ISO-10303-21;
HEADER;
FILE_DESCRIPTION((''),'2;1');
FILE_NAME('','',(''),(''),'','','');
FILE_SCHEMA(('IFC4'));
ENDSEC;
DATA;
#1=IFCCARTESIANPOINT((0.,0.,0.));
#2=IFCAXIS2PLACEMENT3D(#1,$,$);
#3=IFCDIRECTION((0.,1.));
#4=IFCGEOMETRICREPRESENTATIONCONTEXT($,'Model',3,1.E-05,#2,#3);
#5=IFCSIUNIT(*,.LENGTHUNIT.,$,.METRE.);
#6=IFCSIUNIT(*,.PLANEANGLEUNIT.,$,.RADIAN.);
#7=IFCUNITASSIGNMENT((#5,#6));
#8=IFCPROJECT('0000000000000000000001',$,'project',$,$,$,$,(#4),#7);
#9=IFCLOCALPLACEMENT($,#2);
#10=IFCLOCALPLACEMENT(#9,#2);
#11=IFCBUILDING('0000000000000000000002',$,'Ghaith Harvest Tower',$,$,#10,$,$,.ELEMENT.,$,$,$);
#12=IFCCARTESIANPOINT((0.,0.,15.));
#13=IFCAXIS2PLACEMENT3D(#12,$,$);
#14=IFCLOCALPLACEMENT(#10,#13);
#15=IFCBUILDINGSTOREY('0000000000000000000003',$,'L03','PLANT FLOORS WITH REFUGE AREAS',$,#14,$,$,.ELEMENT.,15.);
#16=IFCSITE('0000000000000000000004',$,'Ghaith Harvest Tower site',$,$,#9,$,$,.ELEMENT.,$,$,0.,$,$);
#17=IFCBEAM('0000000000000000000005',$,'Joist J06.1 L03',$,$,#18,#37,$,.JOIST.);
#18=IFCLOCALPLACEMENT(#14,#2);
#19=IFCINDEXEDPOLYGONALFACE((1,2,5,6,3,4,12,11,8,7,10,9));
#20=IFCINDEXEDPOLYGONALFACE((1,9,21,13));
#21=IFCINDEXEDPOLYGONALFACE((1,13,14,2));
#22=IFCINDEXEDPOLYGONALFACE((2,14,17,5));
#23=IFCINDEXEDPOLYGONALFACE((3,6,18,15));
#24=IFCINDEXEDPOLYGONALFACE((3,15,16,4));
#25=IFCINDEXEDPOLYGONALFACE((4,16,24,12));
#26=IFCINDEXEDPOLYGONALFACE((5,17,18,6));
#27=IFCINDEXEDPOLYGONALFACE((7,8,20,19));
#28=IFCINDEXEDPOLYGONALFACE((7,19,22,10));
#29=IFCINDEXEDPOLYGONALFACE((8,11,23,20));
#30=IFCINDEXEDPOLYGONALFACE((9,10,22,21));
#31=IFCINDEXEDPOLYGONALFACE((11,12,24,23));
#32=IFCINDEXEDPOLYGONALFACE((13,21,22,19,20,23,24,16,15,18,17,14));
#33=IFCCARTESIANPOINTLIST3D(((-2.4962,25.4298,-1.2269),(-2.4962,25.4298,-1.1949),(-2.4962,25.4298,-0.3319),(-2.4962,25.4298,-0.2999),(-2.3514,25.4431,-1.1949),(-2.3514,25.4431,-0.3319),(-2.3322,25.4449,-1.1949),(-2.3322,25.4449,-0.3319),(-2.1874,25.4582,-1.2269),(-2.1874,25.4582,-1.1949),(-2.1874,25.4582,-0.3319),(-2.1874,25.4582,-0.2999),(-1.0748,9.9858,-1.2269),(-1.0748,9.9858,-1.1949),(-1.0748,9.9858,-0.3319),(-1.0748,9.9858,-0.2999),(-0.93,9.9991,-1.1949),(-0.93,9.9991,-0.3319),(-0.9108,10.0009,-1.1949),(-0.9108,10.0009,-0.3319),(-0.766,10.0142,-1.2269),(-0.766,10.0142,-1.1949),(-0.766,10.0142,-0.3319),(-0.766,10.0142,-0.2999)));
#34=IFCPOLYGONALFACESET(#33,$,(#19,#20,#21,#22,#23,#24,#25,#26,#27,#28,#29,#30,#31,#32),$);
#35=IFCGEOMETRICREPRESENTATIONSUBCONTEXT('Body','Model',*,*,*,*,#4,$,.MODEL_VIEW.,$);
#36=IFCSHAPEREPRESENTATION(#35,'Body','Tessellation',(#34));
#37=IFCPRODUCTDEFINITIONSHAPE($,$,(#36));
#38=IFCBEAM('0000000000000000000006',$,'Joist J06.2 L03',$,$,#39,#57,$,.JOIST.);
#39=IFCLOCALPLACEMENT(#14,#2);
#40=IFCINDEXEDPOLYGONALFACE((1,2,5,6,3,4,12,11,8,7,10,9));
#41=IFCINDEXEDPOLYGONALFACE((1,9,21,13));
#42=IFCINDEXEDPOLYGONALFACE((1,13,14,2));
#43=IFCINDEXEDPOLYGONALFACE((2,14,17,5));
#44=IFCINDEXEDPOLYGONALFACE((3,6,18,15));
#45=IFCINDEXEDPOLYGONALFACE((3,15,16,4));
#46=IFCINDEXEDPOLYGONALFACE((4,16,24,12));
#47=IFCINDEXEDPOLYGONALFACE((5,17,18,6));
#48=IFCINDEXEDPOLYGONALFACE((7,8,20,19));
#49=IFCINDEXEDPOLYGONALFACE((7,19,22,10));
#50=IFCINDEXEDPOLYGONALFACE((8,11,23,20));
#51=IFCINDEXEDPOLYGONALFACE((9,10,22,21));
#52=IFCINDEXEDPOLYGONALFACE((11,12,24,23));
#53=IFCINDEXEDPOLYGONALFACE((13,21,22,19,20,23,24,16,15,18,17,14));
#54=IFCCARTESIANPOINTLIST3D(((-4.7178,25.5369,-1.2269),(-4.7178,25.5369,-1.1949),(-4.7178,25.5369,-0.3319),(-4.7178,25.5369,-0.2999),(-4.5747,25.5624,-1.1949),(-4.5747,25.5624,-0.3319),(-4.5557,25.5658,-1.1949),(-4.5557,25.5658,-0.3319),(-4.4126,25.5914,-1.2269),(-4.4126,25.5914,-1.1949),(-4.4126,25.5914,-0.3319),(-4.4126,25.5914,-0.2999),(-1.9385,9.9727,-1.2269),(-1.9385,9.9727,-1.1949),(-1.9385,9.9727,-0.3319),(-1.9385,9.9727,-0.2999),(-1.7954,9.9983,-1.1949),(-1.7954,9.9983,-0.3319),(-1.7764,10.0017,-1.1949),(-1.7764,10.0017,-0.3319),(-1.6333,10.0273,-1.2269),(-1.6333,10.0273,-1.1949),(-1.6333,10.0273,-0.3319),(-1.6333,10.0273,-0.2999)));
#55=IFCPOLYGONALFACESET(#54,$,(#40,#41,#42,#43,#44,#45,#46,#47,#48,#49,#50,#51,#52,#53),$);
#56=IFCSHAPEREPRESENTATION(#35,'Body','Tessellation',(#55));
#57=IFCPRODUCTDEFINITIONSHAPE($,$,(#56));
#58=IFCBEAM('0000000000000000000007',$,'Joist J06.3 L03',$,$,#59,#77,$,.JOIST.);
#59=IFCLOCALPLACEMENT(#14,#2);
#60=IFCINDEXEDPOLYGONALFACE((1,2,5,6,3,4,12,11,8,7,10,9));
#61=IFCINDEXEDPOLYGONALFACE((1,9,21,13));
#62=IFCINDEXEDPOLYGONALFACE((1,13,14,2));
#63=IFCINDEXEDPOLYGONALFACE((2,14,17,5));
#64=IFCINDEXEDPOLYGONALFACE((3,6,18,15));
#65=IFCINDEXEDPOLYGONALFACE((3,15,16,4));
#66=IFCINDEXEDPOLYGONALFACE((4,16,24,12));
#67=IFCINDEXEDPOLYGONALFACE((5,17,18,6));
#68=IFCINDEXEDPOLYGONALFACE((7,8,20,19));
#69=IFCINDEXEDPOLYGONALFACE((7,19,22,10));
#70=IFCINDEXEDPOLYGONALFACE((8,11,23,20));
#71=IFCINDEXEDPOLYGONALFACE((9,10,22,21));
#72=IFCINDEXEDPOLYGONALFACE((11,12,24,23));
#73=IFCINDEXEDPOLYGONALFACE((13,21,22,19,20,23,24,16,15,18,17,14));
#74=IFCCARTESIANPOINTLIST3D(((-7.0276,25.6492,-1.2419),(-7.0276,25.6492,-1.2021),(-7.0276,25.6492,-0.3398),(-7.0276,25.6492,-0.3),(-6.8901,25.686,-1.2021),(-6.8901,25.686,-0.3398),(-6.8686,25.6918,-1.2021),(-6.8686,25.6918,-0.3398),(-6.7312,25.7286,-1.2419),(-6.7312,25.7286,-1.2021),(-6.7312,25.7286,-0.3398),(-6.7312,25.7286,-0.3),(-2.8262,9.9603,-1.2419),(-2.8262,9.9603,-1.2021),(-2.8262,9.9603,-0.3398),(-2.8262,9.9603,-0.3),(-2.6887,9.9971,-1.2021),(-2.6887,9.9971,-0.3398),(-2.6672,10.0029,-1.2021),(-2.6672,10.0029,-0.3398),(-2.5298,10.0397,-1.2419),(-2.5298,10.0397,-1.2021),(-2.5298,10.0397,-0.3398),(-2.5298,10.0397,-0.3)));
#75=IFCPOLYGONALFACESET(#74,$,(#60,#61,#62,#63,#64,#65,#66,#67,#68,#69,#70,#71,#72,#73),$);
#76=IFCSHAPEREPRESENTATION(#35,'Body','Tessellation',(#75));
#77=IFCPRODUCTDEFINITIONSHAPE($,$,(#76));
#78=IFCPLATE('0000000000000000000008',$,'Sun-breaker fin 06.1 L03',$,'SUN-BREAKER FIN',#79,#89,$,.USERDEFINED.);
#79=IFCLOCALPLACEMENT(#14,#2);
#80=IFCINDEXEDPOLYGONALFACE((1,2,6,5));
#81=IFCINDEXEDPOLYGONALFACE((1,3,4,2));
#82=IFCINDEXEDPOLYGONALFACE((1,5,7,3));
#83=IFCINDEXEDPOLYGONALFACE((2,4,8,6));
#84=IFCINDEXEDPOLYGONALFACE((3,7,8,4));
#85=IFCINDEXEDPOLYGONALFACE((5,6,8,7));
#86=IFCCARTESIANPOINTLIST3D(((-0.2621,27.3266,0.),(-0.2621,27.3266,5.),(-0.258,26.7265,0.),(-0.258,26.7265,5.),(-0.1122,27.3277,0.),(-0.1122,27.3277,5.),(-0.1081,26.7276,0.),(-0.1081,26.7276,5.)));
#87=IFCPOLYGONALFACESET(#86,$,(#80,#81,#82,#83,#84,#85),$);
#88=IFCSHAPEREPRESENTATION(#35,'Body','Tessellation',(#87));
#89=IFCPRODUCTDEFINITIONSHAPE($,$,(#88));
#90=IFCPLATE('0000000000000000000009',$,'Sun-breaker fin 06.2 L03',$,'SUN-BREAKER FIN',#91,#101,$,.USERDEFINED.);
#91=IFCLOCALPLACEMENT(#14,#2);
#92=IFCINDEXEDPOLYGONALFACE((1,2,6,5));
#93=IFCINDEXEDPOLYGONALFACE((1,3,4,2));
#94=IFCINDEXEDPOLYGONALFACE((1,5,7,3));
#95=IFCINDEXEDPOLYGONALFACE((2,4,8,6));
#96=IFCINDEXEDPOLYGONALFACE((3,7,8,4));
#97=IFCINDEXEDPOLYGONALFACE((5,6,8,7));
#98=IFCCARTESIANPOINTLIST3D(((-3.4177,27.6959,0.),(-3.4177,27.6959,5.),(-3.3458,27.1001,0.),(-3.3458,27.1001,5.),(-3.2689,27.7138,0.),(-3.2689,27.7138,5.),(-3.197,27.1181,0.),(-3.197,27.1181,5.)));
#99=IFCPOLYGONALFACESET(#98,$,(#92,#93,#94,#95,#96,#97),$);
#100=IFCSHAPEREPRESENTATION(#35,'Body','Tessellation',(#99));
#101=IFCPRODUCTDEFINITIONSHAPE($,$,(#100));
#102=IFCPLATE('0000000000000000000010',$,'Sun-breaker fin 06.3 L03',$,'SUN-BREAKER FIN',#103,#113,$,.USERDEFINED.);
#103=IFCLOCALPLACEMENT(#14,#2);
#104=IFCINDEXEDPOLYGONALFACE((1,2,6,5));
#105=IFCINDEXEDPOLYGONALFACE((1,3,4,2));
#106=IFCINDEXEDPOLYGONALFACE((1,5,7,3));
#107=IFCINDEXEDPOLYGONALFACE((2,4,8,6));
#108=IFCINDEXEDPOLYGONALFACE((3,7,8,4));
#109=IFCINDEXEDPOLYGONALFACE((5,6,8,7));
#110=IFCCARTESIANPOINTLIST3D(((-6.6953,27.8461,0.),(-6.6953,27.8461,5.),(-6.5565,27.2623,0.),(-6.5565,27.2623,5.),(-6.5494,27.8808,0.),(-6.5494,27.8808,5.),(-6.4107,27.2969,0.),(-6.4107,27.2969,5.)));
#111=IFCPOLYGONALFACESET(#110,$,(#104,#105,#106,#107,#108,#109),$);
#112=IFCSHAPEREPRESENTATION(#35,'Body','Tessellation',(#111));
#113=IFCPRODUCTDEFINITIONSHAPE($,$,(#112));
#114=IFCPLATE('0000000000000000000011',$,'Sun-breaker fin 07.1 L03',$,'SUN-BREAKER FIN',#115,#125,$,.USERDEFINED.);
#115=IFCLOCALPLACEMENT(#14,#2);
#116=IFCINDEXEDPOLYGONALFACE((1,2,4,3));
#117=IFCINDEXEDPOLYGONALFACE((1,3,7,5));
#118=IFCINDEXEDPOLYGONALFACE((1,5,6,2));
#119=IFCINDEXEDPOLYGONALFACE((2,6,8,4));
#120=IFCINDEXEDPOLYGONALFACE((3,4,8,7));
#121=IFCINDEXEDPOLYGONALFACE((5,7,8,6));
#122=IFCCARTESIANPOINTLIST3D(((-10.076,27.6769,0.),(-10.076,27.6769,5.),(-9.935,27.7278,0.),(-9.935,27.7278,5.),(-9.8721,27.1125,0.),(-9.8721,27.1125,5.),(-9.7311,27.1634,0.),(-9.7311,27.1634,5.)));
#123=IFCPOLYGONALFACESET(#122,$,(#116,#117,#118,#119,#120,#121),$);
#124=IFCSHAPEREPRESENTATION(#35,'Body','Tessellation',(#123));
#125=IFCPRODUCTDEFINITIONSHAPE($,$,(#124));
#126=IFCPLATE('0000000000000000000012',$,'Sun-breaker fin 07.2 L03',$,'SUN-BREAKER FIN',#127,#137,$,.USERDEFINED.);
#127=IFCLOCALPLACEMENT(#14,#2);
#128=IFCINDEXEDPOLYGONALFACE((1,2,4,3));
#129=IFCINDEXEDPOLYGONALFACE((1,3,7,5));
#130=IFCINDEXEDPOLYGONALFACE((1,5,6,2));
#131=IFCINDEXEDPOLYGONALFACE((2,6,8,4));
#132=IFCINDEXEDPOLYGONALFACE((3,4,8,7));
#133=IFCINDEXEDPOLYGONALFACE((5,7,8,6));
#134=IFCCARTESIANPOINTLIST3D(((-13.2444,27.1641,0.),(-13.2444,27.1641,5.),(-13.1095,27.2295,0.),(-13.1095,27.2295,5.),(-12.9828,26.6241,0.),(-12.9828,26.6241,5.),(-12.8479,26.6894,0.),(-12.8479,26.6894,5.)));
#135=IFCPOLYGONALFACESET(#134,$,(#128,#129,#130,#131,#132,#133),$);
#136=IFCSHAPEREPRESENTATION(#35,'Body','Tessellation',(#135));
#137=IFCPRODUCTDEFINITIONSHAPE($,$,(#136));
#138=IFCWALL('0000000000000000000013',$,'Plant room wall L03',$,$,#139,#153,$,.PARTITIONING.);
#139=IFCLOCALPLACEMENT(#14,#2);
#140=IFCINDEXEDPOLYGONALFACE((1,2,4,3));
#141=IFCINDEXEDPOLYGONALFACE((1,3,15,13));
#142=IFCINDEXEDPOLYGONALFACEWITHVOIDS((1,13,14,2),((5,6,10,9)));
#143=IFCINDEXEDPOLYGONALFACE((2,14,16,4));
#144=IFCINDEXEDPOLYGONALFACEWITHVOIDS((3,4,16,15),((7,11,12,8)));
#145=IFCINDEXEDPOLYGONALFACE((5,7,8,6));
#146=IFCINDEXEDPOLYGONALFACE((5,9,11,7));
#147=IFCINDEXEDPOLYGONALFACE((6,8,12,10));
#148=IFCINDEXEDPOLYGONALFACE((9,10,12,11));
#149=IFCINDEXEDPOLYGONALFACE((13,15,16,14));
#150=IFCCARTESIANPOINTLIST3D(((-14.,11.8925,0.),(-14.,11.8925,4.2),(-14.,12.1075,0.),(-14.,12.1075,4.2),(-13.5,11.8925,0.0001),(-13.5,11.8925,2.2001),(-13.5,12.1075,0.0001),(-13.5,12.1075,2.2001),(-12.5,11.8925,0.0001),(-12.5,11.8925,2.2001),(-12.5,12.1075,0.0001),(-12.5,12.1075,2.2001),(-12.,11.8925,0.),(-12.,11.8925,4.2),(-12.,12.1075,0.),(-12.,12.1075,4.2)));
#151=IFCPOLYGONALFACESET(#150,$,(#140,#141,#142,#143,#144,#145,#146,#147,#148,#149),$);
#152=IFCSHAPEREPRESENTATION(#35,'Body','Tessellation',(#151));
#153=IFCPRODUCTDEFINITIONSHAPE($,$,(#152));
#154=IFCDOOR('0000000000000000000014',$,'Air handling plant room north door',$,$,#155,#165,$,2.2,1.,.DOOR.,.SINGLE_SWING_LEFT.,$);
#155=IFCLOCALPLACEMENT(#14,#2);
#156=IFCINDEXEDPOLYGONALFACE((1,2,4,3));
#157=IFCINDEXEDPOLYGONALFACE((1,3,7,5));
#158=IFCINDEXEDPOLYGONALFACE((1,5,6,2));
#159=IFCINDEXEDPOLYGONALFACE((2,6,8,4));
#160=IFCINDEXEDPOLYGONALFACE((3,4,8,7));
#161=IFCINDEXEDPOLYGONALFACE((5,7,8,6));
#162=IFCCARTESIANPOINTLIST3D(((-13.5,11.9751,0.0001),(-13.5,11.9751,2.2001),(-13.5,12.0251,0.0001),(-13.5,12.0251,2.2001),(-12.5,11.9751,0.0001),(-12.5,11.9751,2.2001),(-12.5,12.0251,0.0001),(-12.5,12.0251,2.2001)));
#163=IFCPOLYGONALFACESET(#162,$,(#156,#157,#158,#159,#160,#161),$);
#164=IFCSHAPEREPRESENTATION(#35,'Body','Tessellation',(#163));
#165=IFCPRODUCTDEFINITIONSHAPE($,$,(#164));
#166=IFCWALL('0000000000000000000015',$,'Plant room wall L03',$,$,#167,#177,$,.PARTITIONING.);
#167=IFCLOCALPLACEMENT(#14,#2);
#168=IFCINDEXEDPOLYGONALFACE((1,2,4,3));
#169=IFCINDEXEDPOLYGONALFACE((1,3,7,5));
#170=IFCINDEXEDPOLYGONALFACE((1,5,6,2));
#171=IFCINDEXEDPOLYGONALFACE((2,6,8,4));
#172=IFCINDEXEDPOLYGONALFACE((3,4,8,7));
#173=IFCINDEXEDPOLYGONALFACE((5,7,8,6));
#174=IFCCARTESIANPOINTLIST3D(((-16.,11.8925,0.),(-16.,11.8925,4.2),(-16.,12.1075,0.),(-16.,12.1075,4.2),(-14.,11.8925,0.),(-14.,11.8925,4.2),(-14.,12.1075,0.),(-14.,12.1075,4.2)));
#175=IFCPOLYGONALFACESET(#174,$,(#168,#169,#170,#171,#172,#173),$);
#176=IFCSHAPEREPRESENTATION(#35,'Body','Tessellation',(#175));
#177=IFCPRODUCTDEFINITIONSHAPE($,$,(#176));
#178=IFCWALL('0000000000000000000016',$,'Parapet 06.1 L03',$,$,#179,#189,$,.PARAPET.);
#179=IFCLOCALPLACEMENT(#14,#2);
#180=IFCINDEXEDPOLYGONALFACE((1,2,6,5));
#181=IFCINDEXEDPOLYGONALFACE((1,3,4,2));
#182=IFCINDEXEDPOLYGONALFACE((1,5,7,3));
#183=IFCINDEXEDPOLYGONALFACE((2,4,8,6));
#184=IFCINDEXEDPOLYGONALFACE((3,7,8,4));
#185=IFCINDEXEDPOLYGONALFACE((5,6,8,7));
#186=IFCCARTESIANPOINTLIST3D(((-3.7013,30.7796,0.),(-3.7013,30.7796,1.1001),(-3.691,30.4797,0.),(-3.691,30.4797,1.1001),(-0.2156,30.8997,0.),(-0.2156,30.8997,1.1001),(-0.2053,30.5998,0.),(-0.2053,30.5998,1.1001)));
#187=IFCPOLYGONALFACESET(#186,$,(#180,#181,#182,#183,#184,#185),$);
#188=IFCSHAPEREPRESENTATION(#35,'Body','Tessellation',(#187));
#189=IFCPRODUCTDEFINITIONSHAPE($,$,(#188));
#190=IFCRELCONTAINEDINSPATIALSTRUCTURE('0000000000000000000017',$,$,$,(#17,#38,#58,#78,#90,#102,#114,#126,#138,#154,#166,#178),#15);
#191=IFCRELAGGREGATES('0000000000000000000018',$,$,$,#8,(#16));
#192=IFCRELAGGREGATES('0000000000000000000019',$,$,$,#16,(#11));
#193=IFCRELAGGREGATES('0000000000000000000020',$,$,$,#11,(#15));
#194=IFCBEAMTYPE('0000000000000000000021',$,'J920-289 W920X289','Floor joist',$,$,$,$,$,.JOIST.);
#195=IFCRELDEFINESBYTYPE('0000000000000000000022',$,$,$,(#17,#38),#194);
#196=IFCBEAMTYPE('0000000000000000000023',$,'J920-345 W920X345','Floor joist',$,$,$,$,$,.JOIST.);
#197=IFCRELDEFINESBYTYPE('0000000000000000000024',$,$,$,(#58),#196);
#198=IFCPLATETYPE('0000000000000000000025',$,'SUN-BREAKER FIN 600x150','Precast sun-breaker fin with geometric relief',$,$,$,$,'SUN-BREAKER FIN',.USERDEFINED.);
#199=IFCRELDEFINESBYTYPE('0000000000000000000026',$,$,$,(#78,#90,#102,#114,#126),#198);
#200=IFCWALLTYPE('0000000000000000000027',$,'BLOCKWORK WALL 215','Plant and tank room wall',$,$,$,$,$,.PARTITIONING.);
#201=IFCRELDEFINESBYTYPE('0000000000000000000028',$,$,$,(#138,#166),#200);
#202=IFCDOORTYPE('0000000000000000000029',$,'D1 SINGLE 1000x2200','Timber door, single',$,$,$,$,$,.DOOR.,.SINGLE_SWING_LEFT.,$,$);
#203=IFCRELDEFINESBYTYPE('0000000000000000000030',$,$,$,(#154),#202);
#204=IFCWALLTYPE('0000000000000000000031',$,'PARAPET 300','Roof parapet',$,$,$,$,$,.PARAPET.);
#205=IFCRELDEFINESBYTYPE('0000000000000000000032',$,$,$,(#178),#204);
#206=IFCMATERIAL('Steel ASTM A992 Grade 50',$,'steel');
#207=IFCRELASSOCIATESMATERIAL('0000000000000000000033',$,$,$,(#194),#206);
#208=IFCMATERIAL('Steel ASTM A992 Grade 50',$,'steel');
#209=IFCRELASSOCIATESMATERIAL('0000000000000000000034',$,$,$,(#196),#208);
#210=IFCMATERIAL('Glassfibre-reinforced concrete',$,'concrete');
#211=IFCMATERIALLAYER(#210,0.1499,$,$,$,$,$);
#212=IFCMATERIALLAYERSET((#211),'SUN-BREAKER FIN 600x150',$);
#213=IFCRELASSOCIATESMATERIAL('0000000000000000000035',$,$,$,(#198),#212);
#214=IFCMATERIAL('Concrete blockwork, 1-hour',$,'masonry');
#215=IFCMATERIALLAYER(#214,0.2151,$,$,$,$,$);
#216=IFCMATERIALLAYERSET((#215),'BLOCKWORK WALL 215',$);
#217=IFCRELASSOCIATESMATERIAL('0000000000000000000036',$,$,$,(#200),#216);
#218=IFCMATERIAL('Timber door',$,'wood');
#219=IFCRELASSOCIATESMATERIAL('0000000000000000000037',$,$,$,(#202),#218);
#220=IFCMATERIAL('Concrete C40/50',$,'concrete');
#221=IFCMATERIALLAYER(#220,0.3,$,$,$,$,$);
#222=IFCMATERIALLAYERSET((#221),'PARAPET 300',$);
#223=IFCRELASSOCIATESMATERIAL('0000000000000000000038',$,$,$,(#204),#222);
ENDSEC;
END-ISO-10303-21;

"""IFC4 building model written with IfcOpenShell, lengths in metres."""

from ifc_helpers import new_model, si_unit, direction, frame, frame_2d, origin, origin_2d, place, context, subcontext, project, spatial, rectangle, i_section, extrude, material, layer, layer_set, material_profile, profile_set, type_object, element, fill, save


model = new_model("IFC4")

# Units and contexts
model_context = context("Model", 3, precision=1e-05, world=origin(), true_north=direction((0.0, 1.0)))
body_context = subcontext(model_context, "Body", "Model", "MODEL_VIEW")
ifc_project = project(units=[si_unit("LENGTHUNIT", "METRE"), si_unit("PLANEANGLEUNIT", "RADIAN")], contexts=[model_context])

# Site, building, storey
site_placement = place(None, origin())
site = spatial("IfcSite", under=ifc_project, at=site_placement, Name="Ghaith Harvest Tower site", CompositionType="ELEMENT", RefElevation=0.0)
building_placement = place(site_placement, origin())
building = spatial("IfcBuilding", under=site, at=building_placement, Name="Ghaith Harvest Tower", CompositionType="ELEMENT")
storey_placement = place(building_placement, frame((0.0, 0.0, 15.0)))
storey = spatial("IfcBuildingStorey", under=building, at=storey_placement, Name="L03", Description="PLANT FLOORS WITH REFUGE AREAS", CompositionType="ELEMENT", Elevation=15.0)

# Beams
ifc_material_1 = material(Name="Steel ASTM A992 Grade 50", Category="steel")
ifc_material_profile_1 = material_profile(ifc_material_1, i_section(OverallWidth=0.3101, OverallDepth=0.927, WebThickness=0.0193, FlangeThickness=0.032, at=origin_2d()), Name="W920X289")
ifc_profile_set_1 = profile_set([ifc_material_profile_1], Name="Steel ASTM A992 Grade 50")
beam_type_1 = type_object("IfcBeamType", Name="J920-289 W920X289", Description="Floor joist", PredefinedType="JOIST", material=ifc_profile_set_1)
beam_1_placement = place(storey_placement, frame((-0.9204, 10.0, -0.7634), z_axis=(-0.091647, 0.995792, 0.0), x_axis=(-0.995792, -0.091647, 0.0)))
element("IfcBeam", 1, at=beam_1_placement, inside=storey, type_object=beam_type_1, Name="Joist J06.1 L03", PredefinedType="JOIST", context=body_context, shape_type="SweptSolid", body=[
    extrude(i_section(OverallWidth=0.3101, OverallDepth=0.927, WebThickness=0.0193, FlangeThickness=0.032, at=origin_2d()), origin(), (0.0, 0.0, 1.0), 15.5093),
])
beam_2_placement = place(storey_placement, frame((-1.7859, 10.0, -0.7634), z_axis=(-0.175789, 0.984428, 0.0), x_axis=(-0.984428, -0.175789, 0.0)))
element("IfcBeam", 2, at=beam_2_placement, inside=storey, type_object=beam_type_1, Name="Joist J06.2 L03", PredefinedType="JOIST", context=body_context, shape_type="SweptSolid", body=[
    extrude(i_section(OverallWidth=0.3101, OverallDepth=0.927, WebThickness=0.0193, FlangeThickness=0.032, at=origin_2d()), origin(), (0.0, 0.0, 1.0), 15.8103),
])
ifc_material_2 = material(Name="Steel ASTM A992 Grade 50", Category="steel")
ifc_material_profile_2 = material_profile(ifc_material_2, i_section(OverallWidth=0.3069, OverallDepth=0.9419, WebThickness=0.0222, FlangeThickness=0.0398, at=origin_2d()), Name="W920X345")
ifc_profile_set_2 = profile_set([ifc_material_profile_2], Name="Steel ASTM A992 Grade 50")
beam_type_2 = type_object("IfcBeamType", Name="J920-345 W920X345", Description="Floor joist", PredefinedType="JOIST", material=ifc_profile_set_2)
beam_3_placement = place(storey_placement, frame((-2.678, 10.0, -0.771), z_axis=(-0.258679, 0.965963, 0.0), x_axis=(-0.965963, -0.258679, 0.0)))
element("IfcBeam", 3, at=beam_3_placement, inside=storey, type_object=beam_type_2, Name="Joist J06.3 L03", PredefinedType="JOIST", context=body_context, shape_type="SweptSolid", body=[
    extrude(i_section(OverallWidth=0.3069, OverallDepth=0.9419, WebThickness=0.0222, FlangeThickness=0.0398, at=origin_2d()), origin(), (0.0, 0.0, 1.0), 16.2417),
])

# Plates
ifc_material_3 = material(Name="Glassfibre-reinforced concrete", Category="concrete")
ifc_layer_1 = layer(ifc_material_3, 0.1499)
ifc_layer_set_1 = layer_set([ifc_layer_1], Name="SUN-BREAKER FIN 600x150")
plate_type = type_object("IfcPlateType", Name="SUN-BREAKER FIN 600x150", Description="Precast sun-breaker fin with geometric relief", ElementType="SUN-BREAKER FIN", PredefinedType="USERDEFINED", material=ifc_layer_set_1)
for number, where, z_axis, x_axis, name in (
    (4, (-0.1851, 27.0271, 0.0), (0.0, 0.0, 1.0), (-0.006844, 0.999977, 0.0), "Sun-breaker fin 06.1 L03"),
    (5, (-3.3074, 27.407, 0.0), (0.0, 0.0, 1.0), (-0.119807, 0.992797, 0.0), "Sun-breaker fin 06.2 L03"),
    (6, (-6.553, 27.5715, 0.0), (0.0, 0.0, 1.0), (-0.231234, 0.972898, 0.0), "Sun-breaker fin 06.3 L03"),
    (7, (-9.9036, 27.4202, 0.0), (0.0, 0.0, 1.0), (-0.339699, 0.940534, 0.0), "Sun-breaker fin 07.1 L03"),
    (8, (-13.0461, 26.9268, 0.0), (0.0, 0.0, 1.0), (-0.436023, 0.899935, 0.0), "Sun-breaker fin 07.2 L03"),
):
    element("IfcPlate", number, at=place(storey_placement, frame(where, z_axis=z_axis, x_axis=x_axis)), inside=storey, type_object=plate_type, Name=name, ObjectType="SUN-BREAKER FIN", PredefinedType="USERDEFINED", context=body_context, shape_type="SweptSolid", body=[
        extrude(rectangle(XDim=0.6001, YDim=0.1499, at=origin_2d()), origin(), (0.0, 0.0, 1.0), 5.0),
    ])

# Wall, opening, door
ifc_material_4 = material(Name="Concrete blockwork, 1-hour", Category="masonry")
ifc_layer_2 = layer(ifc_material_4, 0.2151)
ifc_layer_set_2 = layer_set([ifc_layer_2], Name="BLOCKWORK WALL 215")
wall_type_1 = type_object("IfcWallType", Name="BLOCKWORK WALL 215", Description="Plant and tank room wall", PredefinedType="PARTITIONING", material=ifc_layer_set_2)
wall_1_placement = place(storey_placement, frame((-12.0, 12.0, 0.0), z_axis=(0.0, 0.0, 1.0), x_axis=(-1.0, 0.0, 0.0)))
wall_1 = element("IfcWall", 9, at=wall_1_placement, inside=storey, type_object=wall_type_1, Name="Plant room wall L03", PredefinedType="PARTITIONING", context=body_context, shape_type="SweptSolid", body=[
    extrude(rectangle(XDim=2.0, YDim=0.2151, at=frame_2d((1.0, 0.0))), origin(), (0.0, 0.0, 1.0), 4.2),
])
opening_1_placement = place(wall_1_placement, frame((0.5, 0.0, 0.0)))
opening_1 = element("IfcOpeningElement", 10, at=opening_1_placement, cuts=wall_1, PredefinedType="OPENING", context=body_context, shape_type="SweptSolid", body=[
    extrude(rectangle(XDim=1.0, YDim=2.2, at=frame_2d((0.5, 1.1001))), frame((0.0, 0.1177, 0.0), z_axis=(0.0, -1.0, 0.0), x_axis=(1.0, 0.0, 0.0)), (0.0, 0.0, 1.0), 0.2351),
])
ifc_material_5 = material(Name="Timber door", Category="wood")
door_type_1 = type_object("IfcDoorType", Name="D1 SINGLE 1000x2200", Description="Timber door, single", OperationType="SINGLE_SWING_LEFT", PredefinedType="DOOR", material=ifc_material_5)
door_1_placement = place(opening_1_placement, origin())
door_1 = element("IfcDoor", 11, at=door_1_placement, inside=storey, type_object=door_type_1, Name="Air handling plant room north door", OperationType="SINGLE_SWING_LEFT", OverallHeight=2.2, OverallWidth=1.0, PredefinedType="DOOR", context=body_context, shape_type="SweptSolid", body=[
    extrude(rectangle(XDim=1.0, YDim=2.2, at=frame_2d((0.5, 1.1001))), frame((0.0, 0.0249, 0.0), z_axis=(0.0, -1.0, 0.0), x_axis=(1.0, 0.0, 0.0)), (0.0, 0.0, 1.0), 0.05),
])
fill(opening_1, door_1)

# Walls
wall_2_placement = place(storey_placement, frame((-14.0, 12.0, 0.0), z_axis=(0.0, 0.0, 1.0), x_axis=(-1.0, 0.0, 0.0)))
element("IfcWall", 12, at=wall_2_placement, inside=storey, type_object=wall_type_1, Name="Plant room wall L03", PredefinedType="PARTITIONING", context=body_context, shape_type="SweptSolid", body=[
    extrude(rectangle(XDim=2.0, YDim=0.2151, at=frame_2d((1.0, 0.0))), origin(), (0.0, 0.0, 1.0), 4.2),
])
ifc_material_6 = material(Name="Concrete C40/50", Category="concrete")
ifc_layer_3 = layer(ifc_material_6, 0.3)
ifc_layer_set_3 = layer_set([ifc_layer_3], Name="PARAPET 300")
wall_type_2 = type_object("IfcWallType", Name="PARAPET 300", Description="Roof parapet", PredefinedType="PARAPET", material=ifc_layer_set_3)
wall_3_placement = place(storey_placement, frame((-0.2104, 30.7498, 0.0), z_axis=(0.0, 0.0, 1.0), x_axis=(-0.999407, -0.034438, 0.0)))
element("IfcWall", 13, at=wall_3_placement, inside=storey, type_object=wall_type_2, Name="Parapet 06.1 L03", PredefinedType="PARAPET", context=body_context, shape_type="SweptSolid", body=[
    extrude(rectangle(XDim=3.4878, YDim=0.3, at=frame_2d((1.7439, 0.0))), origin(), (0.0, 0.0, 1.0), 1.1001),
])

save(model, "model.ifc")
